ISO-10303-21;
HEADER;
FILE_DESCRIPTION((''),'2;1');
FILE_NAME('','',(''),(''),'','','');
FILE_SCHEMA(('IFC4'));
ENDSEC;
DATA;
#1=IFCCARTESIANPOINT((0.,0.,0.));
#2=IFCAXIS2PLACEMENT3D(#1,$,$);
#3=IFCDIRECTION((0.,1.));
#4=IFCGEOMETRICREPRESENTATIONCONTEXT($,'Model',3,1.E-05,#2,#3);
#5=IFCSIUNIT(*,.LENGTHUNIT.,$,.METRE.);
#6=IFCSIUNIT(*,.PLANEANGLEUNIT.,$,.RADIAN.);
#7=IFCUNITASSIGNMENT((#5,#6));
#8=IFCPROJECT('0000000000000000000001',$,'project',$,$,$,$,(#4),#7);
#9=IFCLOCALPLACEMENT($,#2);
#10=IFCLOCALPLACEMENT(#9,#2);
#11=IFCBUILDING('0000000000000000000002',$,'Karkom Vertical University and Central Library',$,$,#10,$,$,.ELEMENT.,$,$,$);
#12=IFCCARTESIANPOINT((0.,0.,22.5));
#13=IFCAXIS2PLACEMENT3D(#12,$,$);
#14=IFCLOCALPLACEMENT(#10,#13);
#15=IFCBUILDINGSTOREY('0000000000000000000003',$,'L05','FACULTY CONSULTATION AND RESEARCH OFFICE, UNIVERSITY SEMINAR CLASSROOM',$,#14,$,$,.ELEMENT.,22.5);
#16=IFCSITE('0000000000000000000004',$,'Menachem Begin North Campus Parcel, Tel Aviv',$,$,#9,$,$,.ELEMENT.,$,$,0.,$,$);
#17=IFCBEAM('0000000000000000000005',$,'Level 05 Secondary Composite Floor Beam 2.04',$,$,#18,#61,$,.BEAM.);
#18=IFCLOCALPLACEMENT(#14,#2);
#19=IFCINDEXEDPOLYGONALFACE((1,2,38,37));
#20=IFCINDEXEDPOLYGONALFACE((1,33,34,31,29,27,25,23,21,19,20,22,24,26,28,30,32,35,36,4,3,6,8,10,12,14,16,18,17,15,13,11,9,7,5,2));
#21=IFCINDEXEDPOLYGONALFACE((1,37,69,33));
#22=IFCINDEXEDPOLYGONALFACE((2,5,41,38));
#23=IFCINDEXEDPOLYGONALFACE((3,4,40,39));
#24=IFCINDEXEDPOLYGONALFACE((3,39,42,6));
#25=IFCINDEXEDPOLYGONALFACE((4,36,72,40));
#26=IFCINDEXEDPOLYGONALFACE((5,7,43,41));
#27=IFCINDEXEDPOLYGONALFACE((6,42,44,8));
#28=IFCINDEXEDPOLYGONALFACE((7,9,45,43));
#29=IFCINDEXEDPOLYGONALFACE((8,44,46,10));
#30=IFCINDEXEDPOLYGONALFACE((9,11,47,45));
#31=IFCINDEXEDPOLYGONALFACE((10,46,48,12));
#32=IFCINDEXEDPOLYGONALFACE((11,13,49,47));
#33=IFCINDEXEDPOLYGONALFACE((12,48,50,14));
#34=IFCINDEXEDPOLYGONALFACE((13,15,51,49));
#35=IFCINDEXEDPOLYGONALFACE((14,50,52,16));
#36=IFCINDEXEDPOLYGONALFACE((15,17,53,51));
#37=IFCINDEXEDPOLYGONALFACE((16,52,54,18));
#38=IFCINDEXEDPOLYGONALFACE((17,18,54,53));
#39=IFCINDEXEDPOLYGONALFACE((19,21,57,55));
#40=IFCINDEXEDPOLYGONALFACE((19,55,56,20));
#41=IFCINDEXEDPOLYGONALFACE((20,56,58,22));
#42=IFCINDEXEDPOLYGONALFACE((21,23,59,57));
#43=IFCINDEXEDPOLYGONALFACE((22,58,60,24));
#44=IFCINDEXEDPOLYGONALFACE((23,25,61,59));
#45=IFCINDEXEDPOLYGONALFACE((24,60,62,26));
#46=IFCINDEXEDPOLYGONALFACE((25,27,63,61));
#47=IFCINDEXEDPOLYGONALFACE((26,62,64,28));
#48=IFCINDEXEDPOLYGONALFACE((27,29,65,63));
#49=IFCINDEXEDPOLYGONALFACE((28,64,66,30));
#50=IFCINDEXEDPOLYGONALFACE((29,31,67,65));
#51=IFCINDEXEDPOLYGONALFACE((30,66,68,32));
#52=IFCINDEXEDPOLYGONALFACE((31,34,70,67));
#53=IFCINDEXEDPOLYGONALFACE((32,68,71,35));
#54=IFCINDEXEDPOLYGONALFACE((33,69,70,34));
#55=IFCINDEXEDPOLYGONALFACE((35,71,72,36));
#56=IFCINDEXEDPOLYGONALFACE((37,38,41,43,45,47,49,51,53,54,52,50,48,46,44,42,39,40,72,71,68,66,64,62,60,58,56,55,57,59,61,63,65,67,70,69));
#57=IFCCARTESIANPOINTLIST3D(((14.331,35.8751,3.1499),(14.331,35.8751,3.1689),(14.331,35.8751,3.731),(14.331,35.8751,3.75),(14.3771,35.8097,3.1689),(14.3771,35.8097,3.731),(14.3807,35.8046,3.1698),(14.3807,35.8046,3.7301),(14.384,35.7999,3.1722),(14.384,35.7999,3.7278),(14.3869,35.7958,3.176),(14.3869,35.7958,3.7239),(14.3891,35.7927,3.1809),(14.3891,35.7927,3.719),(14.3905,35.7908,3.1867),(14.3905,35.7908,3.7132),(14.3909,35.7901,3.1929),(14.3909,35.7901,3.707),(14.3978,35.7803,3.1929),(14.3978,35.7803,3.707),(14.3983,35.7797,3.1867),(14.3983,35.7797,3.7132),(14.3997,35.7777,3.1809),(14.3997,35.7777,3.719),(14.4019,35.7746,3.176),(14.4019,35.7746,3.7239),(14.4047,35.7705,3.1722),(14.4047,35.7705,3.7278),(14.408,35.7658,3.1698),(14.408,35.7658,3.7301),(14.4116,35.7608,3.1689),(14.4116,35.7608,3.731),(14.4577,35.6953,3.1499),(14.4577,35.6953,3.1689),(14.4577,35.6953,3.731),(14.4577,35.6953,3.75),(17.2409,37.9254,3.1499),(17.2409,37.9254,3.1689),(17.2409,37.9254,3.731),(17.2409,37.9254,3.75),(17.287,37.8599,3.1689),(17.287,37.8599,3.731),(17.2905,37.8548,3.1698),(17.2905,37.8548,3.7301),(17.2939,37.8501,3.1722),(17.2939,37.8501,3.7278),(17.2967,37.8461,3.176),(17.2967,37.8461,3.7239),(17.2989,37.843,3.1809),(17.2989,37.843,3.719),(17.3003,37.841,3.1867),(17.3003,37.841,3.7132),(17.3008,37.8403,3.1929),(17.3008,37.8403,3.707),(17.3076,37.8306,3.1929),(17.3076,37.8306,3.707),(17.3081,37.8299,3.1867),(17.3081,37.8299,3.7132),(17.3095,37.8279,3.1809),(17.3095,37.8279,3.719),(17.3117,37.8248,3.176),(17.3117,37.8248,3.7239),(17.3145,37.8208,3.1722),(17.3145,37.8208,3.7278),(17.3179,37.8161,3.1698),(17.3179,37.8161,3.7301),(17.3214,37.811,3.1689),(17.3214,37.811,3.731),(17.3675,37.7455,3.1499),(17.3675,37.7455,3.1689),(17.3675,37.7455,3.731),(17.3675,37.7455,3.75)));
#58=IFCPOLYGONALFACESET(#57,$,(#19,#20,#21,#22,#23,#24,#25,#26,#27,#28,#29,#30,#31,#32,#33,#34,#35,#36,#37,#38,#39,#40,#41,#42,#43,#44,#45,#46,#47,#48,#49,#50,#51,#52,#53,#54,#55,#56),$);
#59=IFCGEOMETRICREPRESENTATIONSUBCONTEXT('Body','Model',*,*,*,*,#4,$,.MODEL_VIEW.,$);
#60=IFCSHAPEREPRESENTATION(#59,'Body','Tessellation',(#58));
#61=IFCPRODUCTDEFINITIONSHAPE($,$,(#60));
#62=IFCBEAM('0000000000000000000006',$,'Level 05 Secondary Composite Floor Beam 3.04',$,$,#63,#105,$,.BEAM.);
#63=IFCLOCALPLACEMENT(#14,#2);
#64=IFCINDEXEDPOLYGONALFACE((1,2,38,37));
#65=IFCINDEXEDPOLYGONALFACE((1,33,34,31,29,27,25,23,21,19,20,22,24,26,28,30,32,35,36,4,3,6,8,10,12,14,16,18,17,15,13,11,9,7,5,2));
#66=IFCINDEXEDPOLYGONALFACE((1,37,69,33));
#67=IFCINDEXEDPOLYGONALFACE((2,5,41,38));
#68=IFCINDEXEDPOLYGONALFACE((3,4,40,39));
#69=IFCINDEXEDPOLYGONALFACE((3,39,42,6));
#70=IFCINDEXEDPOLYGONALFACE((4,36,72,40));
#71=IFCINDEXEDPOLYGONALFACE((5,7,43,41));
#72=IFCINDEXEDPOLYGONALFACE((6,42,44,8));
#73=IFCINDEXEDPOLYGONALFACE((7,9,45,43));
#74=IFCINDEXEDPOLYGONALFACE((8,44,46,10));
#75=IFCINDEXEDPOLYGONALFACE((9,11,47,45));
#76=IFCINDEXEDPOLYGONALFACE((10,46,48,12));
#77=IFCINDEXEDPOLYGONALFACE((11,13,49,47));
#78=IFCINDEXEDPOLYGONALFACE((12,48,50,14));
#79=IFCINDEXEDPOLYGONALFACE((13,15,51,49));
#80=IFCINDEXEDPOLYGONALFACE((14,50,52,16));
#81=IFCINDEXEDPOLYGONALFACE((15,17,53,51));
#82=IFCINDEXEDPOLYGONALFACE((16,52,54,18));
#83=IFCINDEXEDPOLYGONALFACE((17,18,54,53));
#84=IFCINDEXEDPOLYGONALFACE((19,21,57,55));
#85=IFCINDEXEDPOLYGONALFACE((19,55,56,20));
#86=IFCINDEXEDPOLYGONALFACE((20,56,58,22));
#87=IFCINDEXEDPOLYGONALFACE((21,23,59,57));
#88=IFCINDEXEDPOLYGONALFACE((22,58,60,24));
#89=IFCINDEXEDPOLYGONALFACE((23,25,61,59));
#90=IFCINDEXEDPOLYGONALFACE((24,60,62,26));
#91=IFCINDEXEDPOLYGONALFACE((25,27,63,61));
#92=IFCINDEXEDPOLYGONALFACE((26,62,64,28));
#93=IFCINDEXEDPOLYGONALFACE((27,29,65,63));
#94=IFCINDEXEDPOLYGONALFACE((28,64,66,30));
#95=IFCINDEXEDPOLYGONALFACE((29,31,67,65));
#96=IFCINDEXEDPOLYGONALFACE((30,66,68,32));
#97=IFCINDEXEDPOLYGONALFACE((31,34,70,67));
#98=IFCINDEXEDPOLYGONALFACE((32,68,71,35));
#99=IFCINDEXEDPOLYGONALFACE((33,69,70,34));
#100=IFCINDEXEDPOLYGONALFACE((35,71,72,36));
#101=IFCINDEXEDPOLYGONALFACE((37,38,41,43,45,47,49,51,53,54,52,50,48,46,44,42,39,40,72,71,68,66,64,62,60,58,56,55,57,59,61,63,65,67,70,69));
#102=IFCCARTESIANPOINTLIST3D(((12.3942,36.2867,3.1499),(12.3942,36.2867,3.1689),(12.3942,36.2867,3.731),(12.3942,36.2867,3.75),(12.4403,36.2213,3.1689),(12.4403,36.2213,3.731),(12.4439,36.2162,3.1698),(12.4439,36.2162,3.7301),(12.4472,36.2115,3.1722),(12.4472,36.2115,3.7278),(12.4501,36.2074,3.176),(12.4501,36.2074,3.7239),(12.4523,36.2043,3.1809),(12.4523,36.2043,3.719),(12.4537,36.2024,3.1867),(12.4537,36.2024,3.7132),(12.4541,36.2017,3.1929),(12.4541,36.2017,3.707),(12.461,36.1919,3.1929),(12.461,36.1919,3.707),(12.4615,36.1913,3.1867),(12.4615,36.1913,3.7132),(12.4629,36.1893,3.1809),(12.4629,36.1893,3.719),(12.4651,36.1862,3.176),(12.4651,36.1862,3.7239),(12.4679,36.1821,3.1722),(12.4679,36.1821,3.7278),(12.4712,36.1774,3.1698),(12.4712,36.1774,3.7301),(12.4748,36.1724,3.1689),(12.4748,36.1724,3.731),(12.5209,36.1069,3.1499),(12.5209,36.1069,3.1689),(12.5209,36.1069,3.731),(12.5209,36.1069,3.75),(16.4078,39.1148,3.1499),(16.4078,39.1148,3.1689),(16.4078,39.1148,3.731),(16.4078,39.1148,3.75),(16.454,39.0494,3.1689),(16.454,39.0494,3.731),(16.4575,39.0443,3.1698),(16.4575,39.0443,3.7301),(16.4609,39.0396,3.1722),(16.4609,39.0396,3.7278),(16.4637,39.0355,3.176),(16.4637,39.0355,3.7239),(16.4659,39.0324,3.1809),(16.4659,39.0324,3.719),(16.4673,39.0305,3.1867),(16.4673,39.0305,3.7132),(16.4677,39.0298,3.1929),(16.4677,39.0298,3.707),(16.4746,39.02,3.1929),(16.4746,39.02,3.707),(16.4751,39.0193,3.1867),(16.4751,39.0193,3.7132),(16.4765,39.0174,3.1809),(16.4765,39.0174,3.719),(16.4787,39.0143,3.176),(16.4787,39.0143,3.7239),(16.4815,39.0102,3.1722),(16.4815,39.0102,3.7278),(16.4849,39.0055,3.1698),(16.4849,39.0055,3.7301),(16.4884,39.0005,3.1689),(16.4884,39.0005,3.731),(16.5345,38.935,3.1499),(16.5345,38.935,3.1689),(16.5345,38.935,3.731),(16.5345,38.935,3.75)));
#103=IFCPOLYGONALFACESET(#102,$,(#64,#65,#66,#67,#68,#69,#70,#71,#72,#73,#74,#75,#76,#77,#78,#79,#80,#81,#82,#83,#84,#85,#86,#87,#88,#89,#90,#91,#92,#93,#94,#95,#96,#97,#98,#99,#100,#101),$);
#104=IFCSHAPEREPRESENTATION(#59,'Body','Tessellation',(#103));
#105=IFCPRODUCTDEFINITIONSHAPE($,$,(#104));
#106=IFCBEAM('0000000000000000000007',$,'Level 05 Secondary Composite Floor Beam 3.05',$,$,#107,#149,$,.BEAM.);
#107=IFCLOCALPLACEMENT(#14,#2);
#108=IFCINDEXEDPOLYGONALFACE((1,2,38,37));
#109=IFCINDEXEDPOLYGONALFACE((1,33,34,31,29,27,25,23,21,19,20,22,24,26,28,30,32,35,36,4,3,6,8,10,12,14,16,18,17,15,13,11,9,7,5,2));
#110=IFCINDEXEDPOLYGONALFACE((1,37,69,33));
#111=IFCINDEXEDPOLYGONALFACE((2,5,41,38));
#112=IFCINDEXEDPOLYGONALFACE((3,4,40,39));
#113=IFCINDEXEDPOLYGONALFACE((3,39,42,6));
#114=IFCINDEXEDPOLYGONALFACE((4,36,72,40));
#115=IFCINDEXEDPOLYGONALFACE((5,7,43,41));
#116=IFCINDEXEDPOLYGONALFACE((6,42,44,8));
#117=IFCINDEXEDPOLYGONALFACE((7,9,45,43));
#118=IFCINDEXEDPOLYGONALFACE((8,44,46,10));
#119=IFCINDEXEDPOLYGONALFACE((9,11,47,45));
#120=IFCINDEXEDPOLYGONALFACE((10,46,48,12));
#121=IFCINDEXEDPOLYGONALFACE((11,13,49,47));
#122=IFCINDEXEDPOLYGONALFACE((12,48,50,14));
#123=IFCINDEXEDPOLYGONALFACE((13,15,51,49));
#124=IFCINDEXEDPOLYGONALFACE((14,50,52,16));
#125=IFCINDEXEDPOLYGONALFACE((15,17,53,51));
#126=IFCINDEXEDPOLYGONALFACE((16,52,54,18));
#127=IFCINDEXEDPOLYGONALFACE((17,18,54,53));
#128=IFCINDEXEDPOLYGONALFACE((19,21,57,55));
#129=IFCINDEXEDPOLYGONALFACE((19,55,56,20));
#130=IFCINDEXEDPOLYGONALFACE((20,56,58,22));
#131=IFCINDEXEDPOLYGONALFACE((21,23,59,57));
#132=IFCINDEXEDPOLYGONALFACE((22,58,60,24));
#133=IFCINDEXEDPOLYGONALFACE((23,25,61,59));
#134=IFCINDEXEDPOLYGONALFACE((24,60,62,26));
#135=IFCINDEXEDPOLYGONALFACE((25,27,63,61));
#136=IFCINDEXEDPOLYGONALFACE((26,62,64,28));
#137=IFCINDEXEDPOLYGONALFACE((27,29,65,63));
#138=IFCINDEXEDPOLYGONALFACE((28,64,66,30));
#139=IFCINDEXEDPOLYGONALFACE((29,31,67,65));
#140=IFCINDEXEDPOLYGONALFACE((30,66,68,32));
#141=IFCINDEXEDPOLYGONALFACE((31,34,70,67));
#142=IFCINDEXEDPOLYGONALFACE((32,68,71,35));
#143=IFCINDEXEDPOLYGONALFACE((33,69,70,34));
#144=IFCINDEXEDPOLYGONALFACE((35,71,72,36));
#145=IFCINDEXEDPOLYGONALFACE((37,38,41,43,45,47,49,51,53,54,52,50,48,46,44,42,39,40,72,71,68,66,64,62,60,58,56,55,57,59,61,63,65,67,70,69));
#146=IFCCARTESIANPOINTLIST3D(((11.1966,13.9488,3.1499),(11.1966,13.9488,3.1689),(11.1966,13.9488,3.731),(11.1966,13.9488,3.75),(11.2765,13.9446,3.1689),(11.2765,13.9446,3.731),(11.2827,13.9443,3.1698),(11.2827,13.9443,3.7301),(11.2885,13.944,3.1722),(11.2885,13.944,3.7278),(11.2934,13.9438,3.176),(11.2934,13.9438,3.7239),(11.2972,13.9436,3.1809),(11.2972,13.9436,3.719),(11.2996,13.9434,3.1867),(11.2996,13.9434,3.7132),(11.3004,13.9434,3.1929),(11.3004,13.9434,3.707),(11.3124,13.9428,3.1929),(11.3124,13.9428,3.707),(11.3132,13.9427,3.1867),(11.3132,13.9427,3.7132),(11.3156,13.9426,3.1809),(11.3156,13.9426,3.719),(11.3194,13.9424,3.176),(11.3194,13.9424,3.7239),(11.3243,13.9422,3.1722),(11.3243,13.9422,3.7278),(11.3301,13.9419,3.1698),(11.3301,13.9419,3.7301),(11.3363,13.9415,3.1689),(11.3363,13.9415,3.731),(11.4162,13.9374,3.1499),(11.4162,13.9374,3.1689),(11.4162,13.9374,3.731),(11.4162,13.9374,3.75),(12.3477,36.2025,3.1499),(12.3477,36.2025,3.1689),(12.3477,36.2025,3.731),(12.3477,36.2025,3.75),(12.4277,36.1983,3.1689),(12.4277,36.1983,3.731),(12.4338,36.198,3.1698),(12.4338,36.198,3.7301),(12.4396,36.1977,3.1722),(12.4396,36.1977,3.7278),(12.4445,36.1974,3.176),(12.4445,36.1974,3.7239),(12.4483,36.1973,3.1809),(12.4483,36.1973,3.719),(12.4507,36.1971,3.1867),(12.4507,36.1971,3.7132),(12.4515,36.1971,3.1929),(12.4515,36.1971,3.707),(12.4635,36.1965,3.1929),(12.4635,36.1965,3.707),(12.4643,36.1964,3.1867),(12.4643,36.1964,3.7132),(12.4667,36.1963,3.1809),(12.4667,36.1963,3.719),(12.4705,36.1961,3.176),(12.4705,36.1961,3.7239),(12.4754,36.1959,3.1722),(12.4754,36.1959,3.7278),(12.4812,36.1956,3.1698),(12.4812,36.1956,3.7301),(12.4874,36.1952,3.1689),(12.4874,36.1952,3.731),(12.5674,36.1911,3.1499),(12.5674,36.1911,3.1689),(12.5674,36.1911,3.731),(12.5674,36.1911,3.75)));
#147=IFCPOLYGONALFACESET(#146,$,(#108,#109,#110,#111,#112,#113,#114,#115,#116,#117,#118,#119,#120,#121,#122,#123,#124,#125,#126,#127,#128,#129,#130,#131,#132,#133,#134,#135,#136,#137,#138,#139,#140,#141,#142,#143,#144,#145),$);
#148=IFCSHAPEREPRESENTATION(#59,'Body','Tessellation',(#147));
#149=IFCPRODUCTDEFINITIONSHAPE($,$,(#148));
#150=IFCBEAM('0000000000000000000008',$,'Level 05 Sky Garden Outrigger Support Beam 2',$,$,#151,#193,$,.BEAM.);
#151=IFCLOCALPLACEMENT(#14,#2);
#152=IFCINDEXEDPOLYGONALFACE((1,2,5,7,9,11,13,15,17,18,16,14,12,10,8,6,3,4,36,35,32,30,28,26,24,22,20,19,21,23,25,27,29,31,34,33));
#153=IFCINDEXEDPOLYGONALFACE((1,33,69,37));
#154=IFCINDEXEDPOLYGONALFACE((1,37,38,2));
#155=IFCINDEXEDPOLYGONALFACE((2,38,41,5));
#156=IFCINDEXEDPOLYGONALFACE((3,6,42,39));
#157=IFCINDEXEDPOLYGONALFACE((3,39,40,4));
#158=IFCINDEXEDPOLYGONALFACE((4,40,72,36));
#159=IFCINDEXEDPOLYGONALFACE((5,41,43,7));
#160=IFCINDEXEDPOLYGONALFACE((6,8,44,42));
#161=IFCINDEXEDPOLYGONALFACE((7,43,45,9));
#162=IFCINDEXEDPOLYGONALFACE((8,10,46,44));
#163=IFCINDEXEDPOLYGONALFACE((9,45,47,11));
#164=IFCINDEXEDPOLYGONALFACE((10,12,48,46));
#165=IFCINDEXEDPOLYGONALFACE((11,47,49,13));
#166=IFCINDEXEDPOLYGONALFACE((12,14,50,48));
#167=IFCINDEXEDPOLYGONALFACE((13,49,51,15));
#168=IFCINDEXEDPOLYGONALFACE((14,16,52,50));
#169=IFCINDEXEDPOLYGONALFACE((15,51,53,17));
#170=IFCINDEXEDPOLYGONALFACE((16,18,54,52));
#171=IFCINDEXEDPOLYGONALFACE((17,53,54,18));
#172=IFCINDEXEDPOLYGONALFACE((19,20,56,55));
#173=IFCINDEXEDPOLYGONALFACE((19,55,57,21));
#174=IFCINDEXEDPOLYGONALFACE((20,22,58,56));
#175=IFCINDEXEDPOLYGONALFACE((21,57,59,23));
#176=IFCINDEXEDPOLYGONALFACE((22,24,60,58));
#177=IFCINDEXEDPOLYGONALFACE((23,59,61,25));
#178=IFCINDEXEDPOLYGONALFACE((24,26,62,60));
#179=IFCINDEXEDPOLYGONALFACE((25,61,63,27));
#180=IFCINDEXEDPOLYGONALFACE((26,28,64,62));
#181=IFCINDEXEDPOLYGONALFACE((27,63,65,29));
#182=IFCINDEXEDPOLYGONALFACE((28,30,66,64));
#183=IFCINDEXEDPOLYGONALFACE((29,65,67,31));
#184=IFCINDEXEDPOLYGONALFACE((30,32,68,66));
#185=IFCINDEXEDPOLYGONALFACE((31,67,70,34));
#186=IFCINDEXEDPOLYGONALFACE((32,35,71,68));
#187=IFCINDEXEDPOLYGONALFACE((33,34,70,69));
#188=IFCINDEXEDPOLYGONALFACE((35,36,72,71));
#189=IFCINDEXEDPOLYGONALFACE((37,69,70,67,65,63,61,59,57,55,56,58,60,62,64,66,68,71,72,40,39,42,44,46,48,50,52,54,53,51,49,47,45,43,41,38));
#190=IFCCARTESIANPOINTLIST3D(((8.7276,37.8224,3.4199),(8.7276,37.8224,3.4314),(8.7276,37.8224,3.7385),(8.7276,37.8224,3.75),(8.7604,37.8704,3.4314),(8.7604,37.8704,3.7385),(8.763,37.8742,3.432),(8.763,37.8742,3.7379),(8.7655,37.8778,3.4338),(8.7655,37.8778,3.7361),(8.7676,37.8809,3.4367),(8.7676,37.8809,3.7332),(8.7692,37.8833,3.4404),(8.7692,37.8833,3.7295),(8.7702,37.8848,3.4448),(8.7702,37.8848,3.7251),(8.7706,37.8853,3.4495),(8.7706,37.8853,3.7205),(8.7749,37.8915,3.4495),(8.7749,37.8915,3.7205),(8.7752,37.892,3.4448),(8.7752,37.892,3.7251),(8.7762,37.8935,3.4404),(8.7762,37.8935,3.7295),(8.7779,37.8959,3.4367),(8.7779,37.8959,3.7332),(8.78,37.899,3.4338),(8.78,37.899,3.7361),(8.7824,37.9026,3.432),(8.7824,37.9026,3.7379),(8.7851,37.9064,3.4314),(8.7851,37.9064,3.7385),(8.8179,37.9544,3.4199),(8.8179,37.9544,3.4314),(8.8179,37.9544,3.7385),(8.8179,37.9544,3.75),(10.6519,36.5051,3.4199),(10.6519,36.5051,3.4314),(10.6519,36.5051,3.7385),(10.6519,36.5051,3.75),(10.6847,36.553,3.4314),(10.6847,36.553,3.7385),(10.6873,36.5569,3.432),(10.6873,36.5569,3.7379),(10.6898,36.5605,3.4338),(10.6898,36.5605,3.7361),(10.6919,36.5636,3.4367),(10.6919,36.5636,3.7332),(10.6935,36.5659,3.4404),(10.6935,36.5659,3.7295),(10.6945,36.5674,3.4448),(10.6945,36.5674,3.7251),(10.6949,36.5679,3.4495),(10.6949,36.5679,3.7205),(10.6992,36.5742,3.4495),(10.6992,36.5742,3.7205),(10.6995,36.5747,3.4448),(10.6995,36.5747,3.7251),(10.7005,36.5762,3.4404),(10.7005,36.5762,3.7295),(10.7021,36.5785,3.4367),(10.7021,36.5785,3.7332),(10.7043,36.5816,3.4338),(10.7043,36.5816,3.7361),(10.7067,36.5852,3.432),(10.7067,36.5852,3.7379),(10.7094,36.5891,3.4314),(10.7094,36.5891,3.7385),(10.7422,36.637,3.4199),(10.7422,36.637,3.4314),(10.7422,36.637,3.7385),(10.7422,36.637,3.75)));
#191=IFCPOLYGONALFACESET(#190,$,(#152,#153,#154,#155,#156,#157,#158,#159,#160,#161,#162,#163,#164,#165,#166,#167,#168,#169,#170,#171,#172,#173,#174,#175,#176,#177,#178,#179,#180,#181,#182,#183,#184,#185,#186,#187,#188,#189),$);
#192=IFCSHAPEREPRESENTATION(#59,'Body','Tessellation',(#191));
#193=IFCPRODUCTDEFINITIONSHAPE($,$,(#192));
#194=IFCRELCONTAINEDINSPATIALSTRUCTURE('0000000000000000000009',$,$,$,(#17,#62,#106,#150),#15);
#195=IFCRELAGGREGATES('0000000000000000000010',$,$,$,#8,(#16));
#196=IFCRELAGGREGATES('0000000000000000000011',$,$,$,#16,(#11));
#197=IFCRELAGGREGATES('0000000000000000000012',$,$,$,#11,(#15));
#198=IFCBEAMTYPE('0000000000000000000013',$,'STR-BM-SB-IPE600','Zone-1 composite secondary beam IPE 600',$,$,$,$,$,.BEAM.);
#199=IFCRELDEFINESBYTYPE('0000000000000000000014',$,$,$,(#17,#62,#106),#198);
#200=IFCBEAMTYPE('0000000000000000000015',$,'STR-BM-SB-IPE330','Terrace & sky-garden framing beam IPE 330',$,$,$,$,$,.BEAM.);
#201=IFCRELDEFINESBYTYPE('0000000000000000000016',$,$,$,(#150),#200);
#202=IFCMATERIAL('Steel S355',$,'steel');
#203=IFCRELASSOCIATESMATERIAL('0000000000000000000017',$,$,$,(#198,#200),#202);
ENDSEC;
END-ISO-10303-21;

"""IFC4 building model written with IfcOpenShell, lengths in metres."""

from ifc_helpers import new_model, si_unit, direction, frame, origin, origin_with_axes, origin_2d, place, context, subcontext, project, spatial, i_section, extrude, source, transform, mapped, material, material_profile, profile_set, type_object, element, save


model = new_model("IFC4")

# Units and contexts
model_context = context("Model", 3, precision=1e-05, world=origin(), true_north=direction((0.0, 1.0)))
body_context = subcontext(model_context, "Body", "Model", "MODEL_VIEW")
ifc_project = project(units=[si_unit("LENGTHUNIT", "METRE"), si_unit("PLANEANGLEUNIT", "RADIAN")], contexts=[model_context])

# Site, building, storey
site_placement = place(None, origin())
site = spatial("IfcSite", under=ifc_project, at=site_placement, Name="Menachem Begin North Campus Parcel, Tel Aviv", CompositionType="ELEMENT", RefElevation=0.0)
building_placement = place(site_placement, origin())
building = spatial("IfcBuilding", under=site, at=building_placement, Name="Karkom Vertical University and Central Library", CompositionType="ELEMENT")
storey_placement = place(building_placement, frame((0.0, 0.0, 22.5)))
storey = spatial("IfcBuildingStorey", under=building, at=storey_placement, Name="L05", Description="FACULTY CONSULTATION AND RESEARCH OFFICE, UNIVERSITY SEMINAR CLASSROOM", CompositionType="ELEMENT", Elevation=22.5)

# Beams
ifc_material_1 = material(Name="Steel S355", Category="steel")
ifc_material_profile_1 = material_profile(ifc_material_1, i_section(OverallWidth=0.22, OverallDepth=0.6001, WebThickness=0.012, FlangeThickness=0.019, FilletRadius=0.0239, at=origin_2d()), Name="IPE 600")
ifc_profile_set_1 = profile_set([ifc_material_profile_1], Name="Steel S355")
beam_type_1 = type_object("IfcBeamType", Name="STR-BM-SB-IPE600", Description="Zone-1 composite secondary beam IPE 600", PredefinedType="BEAM", material=ifc_profile_set_1)
shared_shape_1 = source(origin_with_axes(), body_context, "Body", "SweptSolid", [
    extrude(i_section(OverallWidth=0.22, OverallDepth=0.6001, WebThickness=0.012, FlangeThickness=0.019, FilletRadius=0.0239, at=origin_2d()), origin(), (0.0, 0.0, 1.0), 3.5596),
])
beam_1_placement = place(storey_placement, frame((17.3042, 37.8354, 3.45), z_axis=(-0.817466, -0.575977, 0.0), x_axis=(0.575977, -0.817466, 0.0)))
element("IfcBeam", 1, at=beam_1_placement, inside=storey, type_object=beam_type_1, Name="Level 05 Secondary Composite Floor Beam 2.04", PredefinedType="BEAM", context=body_context, shape_type="MappedRepresentation", body=[
    mapped(shared_shape_1, transform((0.0, 0.0, 0.0), scale=1.0)),
])
shared_shape_2 = source(origin_with_axes(), body_context, "Body", "SweptSolid", [
    extrude(i_section(OverallWidth=0.22, OverallDepth=0.6001, WebThickness=0.012, FlangeThickness=0.019, FilletRadius=0.0239, at=origin_2d()), origin(), (0.0, 0.0, 1.0), 4.9099),
])
beam_2_placement = place(storey_placement, frame((16.4712, 39.0249, 3.45), z_axis=(-0.817453, -0.575996, 0.0), x_axis=(0.575996, -0.817453, 0.0)))
element("IfcBeam", 2, at=beam_2_placement, inside=storey, type_object=beam_type_1, Name="Level 05 Secondary Composite Floor Beam 3.04", PredefinedType="BEAM", context=body_context, shape_type="MappedRepresentation", body=[
    mapped(shared_shape_2, transform((0.0, 0.0, 0.0), scale=1.0)),
])
shared_shape_3 = source(origin_with_axes(), body_context, "Body", "SweptSolid", [
    extrude(i_section(OverallWidth=0.22, OverallDepth=0.6001, WebThickness=0.012, FlangeThickness=0.019, FilletRadius=0.0239, at=origin_2d()), origin(), (0.0, 0.0, 1.0), 22.2834),
])
beam_3_placement = place(storey_placement, frame((12.4575, 36.1968, 3.45), z_axis=(-0.051658, -0.998665, 0.0), x_axis=(0.998665, -0.051658, 0.0)))
element("IfcBeam", 3, at=beam_3_placement, inside=storey, type_object=beam_type_1, Name="Level 05 Secondary Composite Floor Beam 3.05", PredefinedType="BEAM", context=body_context, shape_type="MappedRepresentation", body=[
    mapped(shared_shape_3, transform((0.0, 0.0, 0.0), scale=1.0)),
])
ifc_material_profile_2 = material_profile(ifc_material_1, i_section(OverallWidth=0.1599, OverallDepth=0.3301, WebThickness=0.0076, FlangeThickness=0.0115, FilletRadius=0.0181, at=origin_2d()), Name="IPE 330")
ifc_profile_set_2 = profile_set([ifc_material_profile_2], Name="Steel S355")
beam_type_2 = type_object("IfcBeamType", Name="STR-BM-SB-IPE330", Description="Terrace & sky-garden framing beam IPE 330", PredefinedType="BEAM", material=ifc_profile_set_2)
shared_shape_4 = source(origin_with_axes(), body_context, "Body", "SweptSolid", [
    extrude(i_section(OverallWidth=0.1599, OverallDepth=0.3301, WebThickness=0.0076, FlangeThickness=0.0115, FilletRadius=0.0181, at=origin_2d()), origin(), (0.0, 0.0, 1.0), 2.332),
])
beam_4_placement = place(storey_placement, frame((10.697, 36.571, 3.585), z_axis=(-0.825158, 0.564902, 0.0), x_axis=(-0.564902, -0.825158, 0.0)))
element("IfcBeam", 4, at=beam_4_placement, inside=storey, type_object=beam_type_2, Name="Level 05 Sky Garden Outrigger Support Beam 2", PredefinedType="BEAM", context=body_context, shape_type="MappedRepresentation", body=[
    mapped(shared_shape_4, transform((0.0, 0.0, 0.0), scale=1.0)),
])

save(model, "model.ifc")
